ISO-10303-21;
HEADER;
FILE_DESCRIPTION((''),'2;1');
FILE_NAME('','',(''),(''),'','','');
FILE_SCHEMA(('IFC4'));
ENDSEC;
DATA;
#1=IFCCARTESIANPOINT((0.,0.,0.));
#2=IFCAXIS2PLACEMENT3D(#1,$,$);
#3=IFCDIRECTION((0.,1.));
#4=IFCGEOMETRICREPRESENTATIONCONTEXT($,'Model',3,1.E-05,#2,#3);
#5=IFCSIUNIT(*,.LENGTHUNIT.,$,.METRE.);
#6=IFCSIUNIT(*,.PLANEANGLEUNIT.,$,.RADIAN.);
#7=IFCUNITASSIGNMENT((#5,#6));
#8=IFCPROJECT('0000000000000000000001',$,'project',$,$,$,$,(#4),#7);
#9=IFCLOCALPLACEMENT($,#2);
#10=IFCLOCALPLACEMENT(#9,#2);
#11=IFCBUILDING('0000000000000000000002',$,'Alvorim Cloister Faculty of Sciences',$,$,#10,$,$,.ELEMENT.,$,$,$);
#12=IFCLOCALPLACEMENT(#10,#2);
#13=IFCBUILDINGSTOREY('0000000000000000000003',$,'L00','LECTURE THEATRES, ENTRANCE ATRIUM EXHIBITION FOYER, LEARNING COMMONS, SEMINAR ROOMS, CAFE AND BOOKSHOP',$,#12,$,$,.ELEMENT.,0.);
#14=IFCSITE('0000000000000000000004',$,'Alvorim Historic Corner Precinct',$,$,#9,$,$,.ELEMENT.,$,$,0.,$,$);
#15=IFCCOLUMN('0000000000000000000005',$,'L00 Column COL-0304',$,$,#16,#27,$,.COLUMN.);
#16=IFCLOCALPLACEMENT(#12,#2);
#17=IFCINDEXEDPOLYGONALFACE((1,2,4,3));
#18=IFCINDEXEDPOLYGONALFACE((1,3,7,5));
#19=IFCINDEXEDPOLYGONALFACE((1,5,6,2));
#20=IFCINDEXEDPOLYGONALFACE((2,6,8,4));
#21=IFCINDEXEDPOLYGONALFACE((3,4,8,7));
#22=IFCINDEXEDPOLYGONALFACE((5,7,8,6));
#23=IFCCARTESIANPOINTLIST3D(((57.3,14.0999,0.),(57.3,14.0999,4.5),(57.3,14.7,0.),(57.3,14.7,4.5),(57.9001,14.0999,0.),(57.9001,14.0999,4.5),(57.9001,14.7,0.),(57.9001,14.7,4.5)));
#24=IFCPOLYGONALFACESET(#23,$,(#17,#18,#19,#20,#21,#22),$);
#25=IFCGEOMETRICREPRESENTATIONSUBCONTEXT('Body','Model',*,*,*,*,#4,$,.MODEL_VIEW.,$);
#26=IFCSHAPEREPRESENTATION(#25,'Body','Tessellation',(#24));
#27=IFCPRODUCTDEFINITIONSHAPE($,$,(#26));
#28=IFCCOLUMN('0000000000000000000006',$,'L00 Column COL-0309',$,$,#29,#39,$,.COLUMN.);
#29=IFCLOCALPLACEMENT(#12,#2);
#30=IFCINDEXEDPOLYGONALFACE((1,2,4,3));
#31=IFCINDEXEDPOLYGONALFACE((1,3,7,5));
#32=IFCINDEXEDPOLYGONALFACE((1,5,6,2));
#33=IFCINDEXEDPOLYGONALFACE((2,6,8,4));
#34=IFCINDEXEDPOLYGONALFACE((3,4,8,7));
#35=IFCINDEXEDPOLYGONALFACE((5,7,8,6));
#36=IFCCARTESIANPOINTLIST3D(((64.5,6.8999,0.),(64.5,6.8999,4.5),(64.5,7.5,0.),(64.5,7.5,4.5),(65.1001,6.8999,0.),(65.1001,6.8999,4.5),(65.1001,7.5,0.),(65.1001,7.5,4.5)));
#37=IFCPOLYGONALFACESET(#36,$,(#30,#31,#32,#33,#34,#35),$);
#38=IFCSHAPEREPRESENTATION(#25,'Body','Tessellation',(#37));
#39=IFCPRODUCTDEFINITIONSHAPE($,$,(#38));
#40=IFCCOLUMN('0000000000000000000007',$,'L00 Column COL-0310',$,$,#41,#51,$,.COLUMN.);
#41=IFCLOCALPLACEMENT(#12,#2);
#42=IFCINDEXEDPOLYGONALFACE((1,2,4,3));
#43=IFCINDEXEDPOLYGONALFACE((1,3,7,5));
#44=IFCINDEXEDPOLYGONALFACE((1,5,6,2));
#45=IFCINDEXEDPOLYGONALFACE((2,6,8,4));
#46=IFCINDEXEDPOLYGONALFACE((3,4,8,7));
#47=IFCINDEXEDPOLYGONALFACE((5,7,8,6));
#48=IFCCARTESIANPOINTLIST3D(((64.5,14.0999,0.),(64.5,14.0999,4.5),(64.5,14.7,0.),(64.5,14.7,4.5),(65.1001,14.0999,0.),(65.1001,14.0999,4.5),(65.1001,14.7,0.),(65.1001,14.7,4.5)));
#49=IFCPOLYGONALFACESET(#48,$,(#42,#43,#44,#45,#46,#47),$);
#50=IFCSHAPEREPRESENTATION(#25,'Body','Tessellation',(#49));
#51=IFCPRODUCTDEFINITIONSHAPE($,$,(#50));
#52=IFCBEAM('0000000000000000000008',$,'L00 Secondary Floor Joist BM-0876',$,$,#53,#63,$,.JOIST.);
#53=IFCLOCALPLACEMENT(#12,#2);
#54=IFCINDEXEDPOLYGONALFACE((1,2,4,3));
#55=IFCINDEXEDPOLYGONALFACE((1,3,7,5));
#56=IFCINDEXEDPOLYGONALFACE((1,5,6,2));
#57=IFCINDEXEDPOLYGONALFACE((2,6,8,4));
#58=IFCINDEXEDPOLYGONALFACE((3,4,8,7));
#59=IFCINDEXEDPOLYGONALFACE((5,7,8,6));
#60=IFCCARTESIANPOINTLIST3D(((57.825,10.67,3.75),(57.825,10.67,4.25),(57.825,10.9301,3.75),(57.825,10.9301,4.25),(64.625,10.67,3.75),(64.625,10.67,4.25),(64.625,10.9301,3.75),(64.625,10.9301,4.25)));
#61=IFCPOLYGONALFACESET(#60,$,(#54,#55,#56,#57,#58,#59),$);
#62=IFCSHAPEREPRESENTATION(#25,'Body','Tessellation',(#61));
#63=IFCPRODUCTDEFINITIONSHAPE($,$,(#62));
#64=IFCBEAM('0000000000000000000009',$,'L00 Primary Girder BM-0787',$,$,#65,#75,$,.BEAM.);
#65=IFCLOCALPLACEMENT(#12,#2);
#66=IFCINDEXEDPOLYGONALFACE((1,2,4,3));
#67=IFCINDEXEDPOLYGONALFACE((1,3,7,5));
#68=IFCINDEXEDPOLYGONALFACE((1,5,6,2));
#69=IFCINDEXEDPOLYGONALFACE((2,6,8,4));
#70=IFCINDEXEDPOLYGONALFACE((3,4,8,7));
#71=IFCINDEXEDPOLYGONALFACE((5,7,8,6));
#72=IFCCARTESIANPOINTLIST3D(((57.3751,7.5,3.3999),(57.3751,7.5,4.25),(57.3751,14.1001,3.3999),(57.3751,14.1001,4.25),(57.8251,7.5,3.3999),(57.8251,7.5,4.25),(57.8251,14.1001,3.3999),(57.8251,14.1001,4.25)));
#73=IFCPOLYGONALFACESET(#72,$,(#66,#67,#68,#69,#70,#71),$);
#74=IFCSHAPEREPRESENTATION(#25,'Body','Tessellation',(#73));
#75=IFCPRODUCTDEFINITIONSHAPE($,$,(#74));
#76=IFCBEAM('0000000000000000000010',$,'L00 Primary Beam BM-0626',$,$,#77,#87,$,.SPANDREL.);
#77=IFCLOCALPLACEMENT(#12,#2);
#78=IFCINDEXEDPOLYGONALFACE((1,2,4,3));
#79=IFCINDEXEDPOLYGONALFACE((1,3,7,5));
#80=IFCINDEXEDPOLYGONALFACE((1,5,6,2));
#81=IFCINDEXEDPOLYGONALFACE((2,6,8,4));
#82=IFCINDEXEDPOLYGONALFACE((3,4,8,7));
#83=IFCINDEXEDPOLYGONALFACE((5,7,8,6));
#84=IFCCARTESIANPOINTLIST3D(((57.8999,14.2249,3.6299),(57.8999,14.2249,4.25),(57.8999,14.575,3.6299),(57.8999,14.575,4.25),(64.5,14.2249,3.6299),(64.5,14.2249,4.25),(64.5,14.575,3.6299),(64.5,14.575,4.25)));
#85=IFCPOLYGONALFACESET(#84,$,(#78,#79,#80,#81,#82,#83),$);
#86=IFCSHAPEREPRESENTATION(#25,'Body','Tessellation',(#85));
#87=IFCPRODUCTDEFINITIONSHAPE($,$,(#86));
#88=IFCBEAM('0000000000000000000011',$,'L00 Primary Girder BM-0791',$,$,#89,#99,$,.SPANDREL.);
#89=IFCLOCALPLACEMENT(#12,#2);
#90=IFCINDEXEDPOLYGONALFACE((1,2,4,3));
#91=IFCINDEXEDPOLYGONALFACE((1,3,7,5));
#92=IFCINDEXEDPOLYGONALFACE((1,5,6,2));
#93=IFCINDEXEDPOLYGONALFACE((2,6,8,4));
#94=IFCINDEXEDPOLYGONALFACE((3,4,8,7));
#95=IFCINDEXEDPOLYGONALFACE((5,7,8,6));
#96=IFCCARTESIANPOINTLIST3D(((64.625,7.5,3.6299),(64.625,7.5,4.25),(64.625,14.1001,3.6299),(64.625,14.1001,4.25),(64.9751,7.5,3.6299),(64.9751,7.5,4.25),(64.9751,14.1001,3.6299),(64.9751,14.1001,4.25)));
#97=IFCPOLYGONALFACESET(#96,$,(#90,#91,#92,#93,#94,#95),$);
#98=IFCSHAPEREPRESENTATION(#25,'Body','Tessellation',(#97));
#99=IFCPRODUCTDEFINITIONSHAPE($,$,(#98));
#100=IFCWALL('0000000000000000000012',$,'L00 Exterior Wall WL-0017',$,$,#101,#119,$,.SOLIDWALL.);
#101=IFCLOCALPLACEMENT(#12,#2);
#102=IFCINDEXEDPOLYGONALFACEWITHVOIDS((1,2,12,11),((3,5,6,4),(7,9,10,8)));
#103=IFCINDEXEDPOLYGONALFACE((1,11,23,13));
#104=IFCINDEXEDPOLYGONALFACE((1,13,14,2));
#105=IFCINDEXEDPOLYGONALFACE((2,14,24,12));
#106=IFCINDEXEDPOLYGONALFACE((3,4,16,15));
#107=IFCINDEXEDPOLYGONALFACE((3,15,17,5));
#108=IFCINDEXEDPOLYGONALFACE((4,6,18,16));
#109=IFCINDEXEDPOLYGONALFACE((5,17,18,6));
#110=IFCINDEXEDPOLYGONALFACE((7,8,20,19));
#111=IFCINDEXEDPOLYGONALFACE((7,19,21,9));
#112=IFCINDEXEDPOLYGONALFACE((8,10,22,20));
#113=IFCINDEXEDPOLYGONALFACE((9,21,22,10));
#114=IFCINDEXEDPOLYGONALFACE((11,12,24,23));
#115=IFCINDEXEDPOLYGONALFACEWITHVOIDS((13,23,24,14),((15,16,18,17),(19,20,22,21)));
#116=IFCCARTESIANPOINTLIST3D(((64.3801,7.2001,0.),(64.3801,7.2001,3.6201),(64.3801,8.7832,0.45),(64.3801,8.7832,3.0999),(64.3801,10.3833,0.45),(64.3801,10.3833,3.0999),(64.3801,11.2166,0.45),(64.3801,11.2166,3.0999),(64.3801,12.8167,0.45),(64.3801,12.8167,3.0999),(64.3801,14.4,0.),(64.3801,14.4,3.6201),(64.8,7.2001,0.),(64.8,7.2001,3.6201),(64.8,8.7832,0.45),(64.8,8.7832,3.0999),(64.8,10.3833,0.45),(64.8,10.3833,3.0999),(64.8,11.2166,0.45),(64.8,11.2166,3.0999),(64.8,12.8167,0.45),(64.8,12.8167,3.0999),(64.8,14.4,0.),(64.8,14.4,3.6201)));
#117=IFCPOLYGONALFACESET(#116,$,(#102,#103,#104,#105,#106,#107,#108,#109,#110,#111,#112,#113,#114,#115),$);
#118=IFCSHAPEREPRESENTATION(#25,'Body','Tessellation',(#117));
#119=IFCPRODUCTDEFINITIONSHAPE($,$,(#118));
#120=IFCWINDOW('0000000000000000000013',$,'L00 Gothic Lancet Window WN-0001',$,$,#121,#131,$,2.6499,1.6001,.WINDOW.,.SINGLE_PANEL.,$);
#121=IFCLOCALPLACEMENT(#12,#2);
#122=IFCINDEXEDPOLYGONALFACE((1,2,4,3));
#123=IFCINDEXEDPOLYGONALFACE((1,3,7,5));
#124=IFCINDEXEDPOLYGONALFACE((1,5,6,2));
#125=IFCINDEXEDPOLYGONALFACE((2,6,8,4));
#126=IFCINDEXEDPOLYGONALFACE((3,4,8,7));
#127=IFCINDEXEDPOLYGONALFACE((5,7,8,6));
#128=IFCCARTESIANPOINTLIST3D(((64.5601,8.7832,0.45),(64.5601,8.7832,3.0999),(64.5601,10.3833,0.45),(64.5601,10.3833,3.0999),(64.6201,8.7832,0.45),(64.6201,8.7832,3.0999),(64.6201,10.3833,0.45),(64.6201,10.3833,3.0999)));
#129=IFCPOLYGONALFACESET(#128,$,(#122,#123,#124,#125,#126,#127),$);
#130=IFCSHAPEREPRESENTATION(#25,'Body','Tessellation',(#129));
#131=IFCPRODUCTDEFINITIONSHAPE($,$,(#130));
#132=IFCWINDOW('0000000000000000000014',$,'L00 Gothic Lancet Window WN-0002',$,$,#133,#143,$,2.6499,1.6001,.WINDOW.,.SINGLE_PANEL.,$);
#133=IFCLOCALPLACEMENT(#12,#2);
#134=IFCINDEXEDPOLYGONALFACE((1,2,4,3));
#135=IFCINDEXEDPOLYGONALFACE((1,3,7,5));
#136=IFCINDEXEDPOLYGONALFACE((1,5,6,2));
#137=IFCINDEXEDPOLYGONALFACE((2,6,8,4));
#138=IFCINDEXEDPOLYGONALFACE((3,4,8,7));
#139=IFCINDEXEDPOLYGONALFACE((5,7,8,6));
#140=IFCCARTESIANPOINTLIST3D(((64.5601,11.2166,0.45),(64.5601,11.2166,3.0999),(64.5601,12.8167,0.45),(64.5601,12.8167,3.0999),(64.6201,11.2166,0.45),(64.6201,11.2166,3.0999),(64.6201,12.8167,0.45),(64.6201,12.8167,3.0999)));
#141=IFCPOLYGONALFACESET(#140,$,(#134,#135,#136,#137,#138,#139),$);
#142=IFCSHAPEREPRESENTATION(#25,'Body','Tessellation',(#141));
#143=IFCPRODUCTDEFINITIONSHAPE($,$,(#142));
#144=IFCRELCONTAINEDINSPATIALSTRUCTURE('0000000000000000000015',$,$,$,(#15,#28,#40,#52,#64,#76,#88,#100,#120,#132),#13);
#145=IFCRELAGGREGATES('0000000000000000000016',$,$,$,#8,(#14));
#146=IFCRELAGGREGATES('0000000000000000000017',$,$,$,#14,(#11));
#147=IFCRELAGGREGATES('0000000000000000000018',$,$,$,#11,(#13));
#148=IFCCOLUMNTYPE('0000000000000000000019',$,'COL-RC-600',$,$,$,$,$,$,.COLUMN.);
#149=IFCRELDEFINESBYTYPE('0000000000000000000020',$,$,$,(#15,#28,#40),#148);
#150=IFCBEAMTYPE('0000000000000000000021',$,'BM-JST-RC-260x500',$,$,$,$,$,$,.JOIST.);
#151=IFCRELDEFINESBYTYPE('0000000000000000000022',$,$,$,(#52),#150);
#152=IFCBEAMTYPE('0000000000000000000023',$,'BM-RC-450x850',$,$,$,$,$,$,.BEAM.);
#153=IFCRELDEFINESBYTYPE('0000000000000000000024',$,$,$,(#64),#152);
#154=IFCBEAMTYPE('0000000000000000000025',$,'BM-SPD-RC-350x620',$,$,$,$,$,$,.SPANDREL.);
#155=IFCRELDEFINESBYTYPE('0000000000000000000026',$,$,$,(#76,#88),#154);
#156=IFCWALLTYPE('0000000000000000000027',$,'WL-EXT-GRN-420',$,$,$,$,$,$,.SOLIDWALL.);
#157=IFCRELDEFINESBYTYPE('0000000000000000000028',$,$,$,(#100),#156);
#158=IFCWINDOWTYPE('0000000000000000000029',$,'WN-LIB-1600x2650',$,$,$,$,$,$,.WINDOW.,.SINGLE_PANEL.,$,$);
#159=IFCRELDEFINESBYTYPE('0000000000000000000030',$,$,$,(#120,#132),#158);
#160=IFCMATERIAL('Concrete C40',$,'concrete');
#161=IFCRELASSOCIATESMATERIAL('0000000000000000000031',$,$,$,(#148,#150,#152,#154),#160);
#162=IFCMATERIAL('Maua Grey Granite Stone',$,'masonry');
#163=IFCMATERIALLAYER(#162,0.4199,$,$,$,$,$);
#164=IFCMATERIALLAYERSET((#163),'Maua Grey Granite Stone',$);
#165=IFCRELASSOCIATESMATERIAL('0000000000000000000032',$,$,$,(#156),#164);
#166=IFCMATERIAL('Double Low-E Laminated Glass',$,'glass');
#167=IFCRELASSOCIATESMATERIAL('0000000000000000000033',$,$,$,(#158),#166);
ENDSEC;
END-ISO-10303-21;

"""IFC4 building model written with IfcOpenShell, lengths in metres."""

from ifc_helpers import new_model, si_unit, direction, frame, frame_2d, origin, origin_2d, place, context, subcontext, project, spatial, rectangle, extrude, material, layer, layer_set, material_profile, profile_set, type_object, element, fill, save


model = new_model("IFC4")

# Units and contexts
model_context = context("Model", 3, precision=1e-05, world=origin(), true_north=direction((0.0, 1.0)))
body_context = subcontext(model_context, "Body", "Model", "MODEL_VIEW")
ifc_project = project(units=[si_unit("LENGTHUNIT", "METRE"), si_unit("PLANEANGLEUNIT", "RADIAN")], contexts=[model_context])

# Site, building, storey
site_placement = place(None, origin())
site = spatial("IfcSite", under=ifc_project, at=site_placement, Name="Alvorim Historic Corner Precinct", CompositionType="ELEMENT", RefElevation=0.0)
building_placement = place(site_placement, origin())
building = spatial("IfcBuilding", under=site, at=building_placement, Name="Alvorim Cloister Faculty of Sciences", CompositionType="ELEMENT")
storey_placement = place(building_placement, origin())
storey = spatial("IfcBuildingStorey", under=building, at=storey_placement, Name="L00", Description="LECTURE THEATRES, ENTRANCE ATRIUM EXHIBITION FOYER, LEARNING COMMONS, SEMINAR ROOMS, CAFE AND BOOKSHOP", CompositionType="ELEMENT", Elevation=0.0)

# Columns
ifc_material_1 = material(Name="Concrete C40", Category="concrete")
ifc_material_profile_1 = material_profile(ifc_material_1, rectangle(XDim=0.6001, YDim=0.6001, at=origin_2d()), Name="RC40-COL-600x600")
ifc_profile_set_1 = profile_set([ifc_material_profile_1], Name="Concrete C40")
column_type = type_object("IfcColumnType", Name="COL-RC-600", PredefinedType="COLUMN", material=ifc_profile_set_1)
for number, where, z_axis, x_axis, name in (
    (1, (57.6001, 14.3999, 0.0), (0.0, 0.0, 1.0), (1.0, 0.0, 0.0), "L00 Column COL-0304"),
    (2, (64.8, 7.2, 0.0), (0.0, 0.0, 1.0), (1.0, 0.0, 0.0), "L00 Column COL-0309"),
    (3, (64.8, 14.3999, 0.0), (0.0, 0.0, 1.0), (1.0, 0.0, 0.0), "L00 Column COL-0310"),
):
    element("IfcColumn", number, at=place(storey_placement, frame(where, z_axis=z_axis, x_axis=x_axis)), inside=storey, type_object=column_type, Name=name, PredefinedType="COLUMN", context=body_context, shape_type="SweptSolid", body=[
        extrude(rectangle(XDim=0.6001, YDim=0.6001, at=origin_2d()), origin(), (0.0, 0.0, 1.0), 4.5),
    ])

# Beams
ifc_material_profile_2 = material_profile(ifc_material_1, rectangle(XDim=0.26, YDim=0.5, at=origin_2d()), Name="RC40-JST-260x500")
ifc_profile_set_2 = profile_set([ifc_material_profile_2], Name="Concrete C40")
beam_type_1 = type_object("IfcBeamType", Name="BM-JST-RC-260x500", PredefinedType="JOIST", material=ifc_profile_set_2)
beam_1_placement = place(storey_placement, frame((57.825, 10.8, 4.0), z_axis=(1.0, 0.0, 0.0), x_axis=(0.0, 1.0, 0.0)))
element("IfcBeam", 4, at=beam_1_placement, inside=storey, type_object=beam_type_1, Name="L00 Secondary Floor Joist BM-0876", PredefinedType="JOIST", context=body_context, shape_type="SweptSolid", body=[
    extrude(rectangle(XDim=0.26, YDim=0.5, at=origin_2d()), origin(), (0.0, 0.0, 1.0), 6.8),
])
ifc_material_profile_3 = material_profile(ifc_material_1, rectangle(XDim=0.45, YDim=0.8501, at=origin_2d()), Name="RC40-BM-450x850")
ifc_profile_set_3 = profile_set([ifc_material_profile_3], Name="Concrete C40")
beam_type_2 = type_object("IfcBeamType", Name="BM-RC-450x850", PredefinedType="BEAM", material=ifc_profile_set_3)
beam_2_placement = place(storey_placement, frame((57.6001, 7.5, 3.825), z_axis=(0.0, 1.0, 0.0), x_axis=(-1.0, 0.0, 0.0)))
element("IfcBeam", 5, at=beam_2_placement, inside=storey, type_object=beam_type_2, Name="L00 Primary Girder BM-0787", PredefinedType="BEAM", context=body_context, shape_type="SweptSolid", body=[
    extrude(rectangle(XDim=0.45, YDim=0.8501, at=origin_2d()), origin(), (0.0, 0.0, 1.0), 6.6001),
])
ifc_material_profile_4 = material_profile(ifc_material_1, rectangle(XDim=0.3501, YDim=0.6201, at=origin_2d()), Name="RC40-SPD-350x620")
ifc_profile_set_4 = profile_set([ifc_material_profile_4], Name="Concrete C40")
beam_type_3 = type_object("IfcBeamType", Name="BM-SPD-RC-350x620", PredefinedType="SPANDREL", material=ifc_profile_set_4)
for number, where, z_axis, x_axis, name in (
    (6, (57.8999, 14.3999, 3.9399), (1.0, 0.0, 0.0), (0.0, 1.0, 0.0), "L00 Primary Beam BM-0626"),
    (7, (64.8, 7.5, 3.9399), (0.0, 1.0, 0.0), (-1.0, 0.0, 0.0), "L00 Primary Girder BM-0791"),
):
    element("IfcBeam", number, at=place(storey_placement, frame(where, z_axis=z_axis, x_axis=x_axis)), inside=storey, type_object=beam_type_3, Name=name, PredefinedType="SPANDREL", context=body_context, shape_type="SweptSolid", body=[
        extrude(rectangle(XDim=0.3501, YDim=0.6201, at=origin_2d()), origin(), (0.0, 0.0, 1.0), 6.6001),
    ])

# Wall, openings, windows
ifc_material_2 = material(Name="Maua Grey Granite Stone", Category="masonry")
ifc_layer_1 = layer(ifc_material_2, 0.4199)
ifc_layer_set_1 = layer_set([ifc_layer_1], Name="Maua Grey Granite Stone")
wall_type = type_object("IfcWallType", Name="WL-EXT-GRN-420", PredefinedType="SOLIDWALL", material=ifc_layer_set_1)
wall_1_placement = place(storey_placement, frame((64.5901, 7.2, 0.0), z_axis=(0.0, 0.0, 1.0), x_axis=(0.0, 1.0, 0.0)))
wall_1 = element("IfcWall", 8, at=wall_1_placement, inside=storey, type_object=wall_type, Name="L00 Exterior Wall WL-0017", PredefinedType="SOLIDWALL", context=body_context, shape_type="SweptSolid", body=[
    extrude(rectangle(XDim=7.2, YDim=0.4199, at=frame_2d((3.6001, 0.0))), origin(), (0.0, 0.0, 1.0), 3.6201),
])
opening_1_placement = place(wall_1_placement, frame((1.5833, 0.0, 0.45)))
opening_1 = element("IfcOpeningElement", 9, at=opening_1_placement, cuts=wall_1, PredefinedType="OPENING", context=body_context, shape_type="SweptSolid", body=[
    extrude(rectangle(XDim=1.6001, YDim=2.6499, at=frame_2d((0.8, 1.325))), frame((0.0, 0.2219, 0.0), z_axis=(0.0, -1.0, 0.0), x_axis=(1.0, 0.0, 0.0)), (0.0, 0.0, 1.0), 0.4438),
])
opening_2_placement = place(wall_1_placement, frame((4.0166, 0.0, 0.45)))
opening_2 = element("IfcOpeningElement", 10, at=opening_2_placement, cuts=wall_1, PredefinedType="OPENING", context=body_context, shape_type="SweptSolid", body=[
    extrude(rectangle(XDim=1.6001, YDim=2.6499, at=frame_2d((0.8, 1.325))), frame((0.0, 0.2219, 0.0), z_axis=(0.0, -1.0, 0.0), x_axis=(1.0, 0.0, 0.0)), (0.0, 0.0, 1.0), 0.4438),
])
ifc_material_3 = material(Name="Double Low-E Laminated Glass", Category="glass")
window_type_1 = type_object("IfcWindowType", Name="WN-LIB-1600x2650", PartitioningType="SINGLE_PANEL", PredefinedType="WINDOW", material=ifc_material_3)
window_1_placement = place(opening_1_placement, origin())
window_1 = element("IfcWindow", 11, at=window_1_placement, inside=storey, type_object=window_type_1, Name="L00 Gothic Lancet Window WN-0001", OverallHeight=2.6499, OverallWidth=1.6001, PartitioningType="SINGLE_PANEL", PredefinedType="WINDOW", context=body_context, shape_type="SweptSolid", body=[
    extrude(rectangle(XDim=1.6001, YDim=2.6499, at=frame_2d((0.8, 1.325))), frame((0.0, 0.03, 0.0), z_axis=(0.0, -1.0, 0.0), x_axis=(1.0, 0.0, 0.0)), (0.0, 0.0, 1.0), 0.0601),
])
fill(opening_1, window_1)
window_2_placement = place(opening_2_placement, origin())
window_2 = element("IfcWindow", 12, at=window_2_placement, inside=storey, type_object=window_type_1, Name="L00 Gothic Lancet Window WN-0002", OverallHeight=2.6499, OverallWidth=1.6001, PartitioningType="SINGLE_PANEL", PredefinedType="WINDOW", context=body_context, shape_type="SweptSolid", body=[
    extrude(rectangle(XDim=1.6001, YDim=2.6499, at=frame_2d((0.8, 1.325))), frame((0.0, 0.03, 0.0), z_axis=(0.0, -1.0, 0.0), x_axis=(1.0, 0.0, 0.0)), (0.0, 0.0, 1.0), 0.0601),
])
fill(opening_2, window_2)

save(model, "model.ifc")
